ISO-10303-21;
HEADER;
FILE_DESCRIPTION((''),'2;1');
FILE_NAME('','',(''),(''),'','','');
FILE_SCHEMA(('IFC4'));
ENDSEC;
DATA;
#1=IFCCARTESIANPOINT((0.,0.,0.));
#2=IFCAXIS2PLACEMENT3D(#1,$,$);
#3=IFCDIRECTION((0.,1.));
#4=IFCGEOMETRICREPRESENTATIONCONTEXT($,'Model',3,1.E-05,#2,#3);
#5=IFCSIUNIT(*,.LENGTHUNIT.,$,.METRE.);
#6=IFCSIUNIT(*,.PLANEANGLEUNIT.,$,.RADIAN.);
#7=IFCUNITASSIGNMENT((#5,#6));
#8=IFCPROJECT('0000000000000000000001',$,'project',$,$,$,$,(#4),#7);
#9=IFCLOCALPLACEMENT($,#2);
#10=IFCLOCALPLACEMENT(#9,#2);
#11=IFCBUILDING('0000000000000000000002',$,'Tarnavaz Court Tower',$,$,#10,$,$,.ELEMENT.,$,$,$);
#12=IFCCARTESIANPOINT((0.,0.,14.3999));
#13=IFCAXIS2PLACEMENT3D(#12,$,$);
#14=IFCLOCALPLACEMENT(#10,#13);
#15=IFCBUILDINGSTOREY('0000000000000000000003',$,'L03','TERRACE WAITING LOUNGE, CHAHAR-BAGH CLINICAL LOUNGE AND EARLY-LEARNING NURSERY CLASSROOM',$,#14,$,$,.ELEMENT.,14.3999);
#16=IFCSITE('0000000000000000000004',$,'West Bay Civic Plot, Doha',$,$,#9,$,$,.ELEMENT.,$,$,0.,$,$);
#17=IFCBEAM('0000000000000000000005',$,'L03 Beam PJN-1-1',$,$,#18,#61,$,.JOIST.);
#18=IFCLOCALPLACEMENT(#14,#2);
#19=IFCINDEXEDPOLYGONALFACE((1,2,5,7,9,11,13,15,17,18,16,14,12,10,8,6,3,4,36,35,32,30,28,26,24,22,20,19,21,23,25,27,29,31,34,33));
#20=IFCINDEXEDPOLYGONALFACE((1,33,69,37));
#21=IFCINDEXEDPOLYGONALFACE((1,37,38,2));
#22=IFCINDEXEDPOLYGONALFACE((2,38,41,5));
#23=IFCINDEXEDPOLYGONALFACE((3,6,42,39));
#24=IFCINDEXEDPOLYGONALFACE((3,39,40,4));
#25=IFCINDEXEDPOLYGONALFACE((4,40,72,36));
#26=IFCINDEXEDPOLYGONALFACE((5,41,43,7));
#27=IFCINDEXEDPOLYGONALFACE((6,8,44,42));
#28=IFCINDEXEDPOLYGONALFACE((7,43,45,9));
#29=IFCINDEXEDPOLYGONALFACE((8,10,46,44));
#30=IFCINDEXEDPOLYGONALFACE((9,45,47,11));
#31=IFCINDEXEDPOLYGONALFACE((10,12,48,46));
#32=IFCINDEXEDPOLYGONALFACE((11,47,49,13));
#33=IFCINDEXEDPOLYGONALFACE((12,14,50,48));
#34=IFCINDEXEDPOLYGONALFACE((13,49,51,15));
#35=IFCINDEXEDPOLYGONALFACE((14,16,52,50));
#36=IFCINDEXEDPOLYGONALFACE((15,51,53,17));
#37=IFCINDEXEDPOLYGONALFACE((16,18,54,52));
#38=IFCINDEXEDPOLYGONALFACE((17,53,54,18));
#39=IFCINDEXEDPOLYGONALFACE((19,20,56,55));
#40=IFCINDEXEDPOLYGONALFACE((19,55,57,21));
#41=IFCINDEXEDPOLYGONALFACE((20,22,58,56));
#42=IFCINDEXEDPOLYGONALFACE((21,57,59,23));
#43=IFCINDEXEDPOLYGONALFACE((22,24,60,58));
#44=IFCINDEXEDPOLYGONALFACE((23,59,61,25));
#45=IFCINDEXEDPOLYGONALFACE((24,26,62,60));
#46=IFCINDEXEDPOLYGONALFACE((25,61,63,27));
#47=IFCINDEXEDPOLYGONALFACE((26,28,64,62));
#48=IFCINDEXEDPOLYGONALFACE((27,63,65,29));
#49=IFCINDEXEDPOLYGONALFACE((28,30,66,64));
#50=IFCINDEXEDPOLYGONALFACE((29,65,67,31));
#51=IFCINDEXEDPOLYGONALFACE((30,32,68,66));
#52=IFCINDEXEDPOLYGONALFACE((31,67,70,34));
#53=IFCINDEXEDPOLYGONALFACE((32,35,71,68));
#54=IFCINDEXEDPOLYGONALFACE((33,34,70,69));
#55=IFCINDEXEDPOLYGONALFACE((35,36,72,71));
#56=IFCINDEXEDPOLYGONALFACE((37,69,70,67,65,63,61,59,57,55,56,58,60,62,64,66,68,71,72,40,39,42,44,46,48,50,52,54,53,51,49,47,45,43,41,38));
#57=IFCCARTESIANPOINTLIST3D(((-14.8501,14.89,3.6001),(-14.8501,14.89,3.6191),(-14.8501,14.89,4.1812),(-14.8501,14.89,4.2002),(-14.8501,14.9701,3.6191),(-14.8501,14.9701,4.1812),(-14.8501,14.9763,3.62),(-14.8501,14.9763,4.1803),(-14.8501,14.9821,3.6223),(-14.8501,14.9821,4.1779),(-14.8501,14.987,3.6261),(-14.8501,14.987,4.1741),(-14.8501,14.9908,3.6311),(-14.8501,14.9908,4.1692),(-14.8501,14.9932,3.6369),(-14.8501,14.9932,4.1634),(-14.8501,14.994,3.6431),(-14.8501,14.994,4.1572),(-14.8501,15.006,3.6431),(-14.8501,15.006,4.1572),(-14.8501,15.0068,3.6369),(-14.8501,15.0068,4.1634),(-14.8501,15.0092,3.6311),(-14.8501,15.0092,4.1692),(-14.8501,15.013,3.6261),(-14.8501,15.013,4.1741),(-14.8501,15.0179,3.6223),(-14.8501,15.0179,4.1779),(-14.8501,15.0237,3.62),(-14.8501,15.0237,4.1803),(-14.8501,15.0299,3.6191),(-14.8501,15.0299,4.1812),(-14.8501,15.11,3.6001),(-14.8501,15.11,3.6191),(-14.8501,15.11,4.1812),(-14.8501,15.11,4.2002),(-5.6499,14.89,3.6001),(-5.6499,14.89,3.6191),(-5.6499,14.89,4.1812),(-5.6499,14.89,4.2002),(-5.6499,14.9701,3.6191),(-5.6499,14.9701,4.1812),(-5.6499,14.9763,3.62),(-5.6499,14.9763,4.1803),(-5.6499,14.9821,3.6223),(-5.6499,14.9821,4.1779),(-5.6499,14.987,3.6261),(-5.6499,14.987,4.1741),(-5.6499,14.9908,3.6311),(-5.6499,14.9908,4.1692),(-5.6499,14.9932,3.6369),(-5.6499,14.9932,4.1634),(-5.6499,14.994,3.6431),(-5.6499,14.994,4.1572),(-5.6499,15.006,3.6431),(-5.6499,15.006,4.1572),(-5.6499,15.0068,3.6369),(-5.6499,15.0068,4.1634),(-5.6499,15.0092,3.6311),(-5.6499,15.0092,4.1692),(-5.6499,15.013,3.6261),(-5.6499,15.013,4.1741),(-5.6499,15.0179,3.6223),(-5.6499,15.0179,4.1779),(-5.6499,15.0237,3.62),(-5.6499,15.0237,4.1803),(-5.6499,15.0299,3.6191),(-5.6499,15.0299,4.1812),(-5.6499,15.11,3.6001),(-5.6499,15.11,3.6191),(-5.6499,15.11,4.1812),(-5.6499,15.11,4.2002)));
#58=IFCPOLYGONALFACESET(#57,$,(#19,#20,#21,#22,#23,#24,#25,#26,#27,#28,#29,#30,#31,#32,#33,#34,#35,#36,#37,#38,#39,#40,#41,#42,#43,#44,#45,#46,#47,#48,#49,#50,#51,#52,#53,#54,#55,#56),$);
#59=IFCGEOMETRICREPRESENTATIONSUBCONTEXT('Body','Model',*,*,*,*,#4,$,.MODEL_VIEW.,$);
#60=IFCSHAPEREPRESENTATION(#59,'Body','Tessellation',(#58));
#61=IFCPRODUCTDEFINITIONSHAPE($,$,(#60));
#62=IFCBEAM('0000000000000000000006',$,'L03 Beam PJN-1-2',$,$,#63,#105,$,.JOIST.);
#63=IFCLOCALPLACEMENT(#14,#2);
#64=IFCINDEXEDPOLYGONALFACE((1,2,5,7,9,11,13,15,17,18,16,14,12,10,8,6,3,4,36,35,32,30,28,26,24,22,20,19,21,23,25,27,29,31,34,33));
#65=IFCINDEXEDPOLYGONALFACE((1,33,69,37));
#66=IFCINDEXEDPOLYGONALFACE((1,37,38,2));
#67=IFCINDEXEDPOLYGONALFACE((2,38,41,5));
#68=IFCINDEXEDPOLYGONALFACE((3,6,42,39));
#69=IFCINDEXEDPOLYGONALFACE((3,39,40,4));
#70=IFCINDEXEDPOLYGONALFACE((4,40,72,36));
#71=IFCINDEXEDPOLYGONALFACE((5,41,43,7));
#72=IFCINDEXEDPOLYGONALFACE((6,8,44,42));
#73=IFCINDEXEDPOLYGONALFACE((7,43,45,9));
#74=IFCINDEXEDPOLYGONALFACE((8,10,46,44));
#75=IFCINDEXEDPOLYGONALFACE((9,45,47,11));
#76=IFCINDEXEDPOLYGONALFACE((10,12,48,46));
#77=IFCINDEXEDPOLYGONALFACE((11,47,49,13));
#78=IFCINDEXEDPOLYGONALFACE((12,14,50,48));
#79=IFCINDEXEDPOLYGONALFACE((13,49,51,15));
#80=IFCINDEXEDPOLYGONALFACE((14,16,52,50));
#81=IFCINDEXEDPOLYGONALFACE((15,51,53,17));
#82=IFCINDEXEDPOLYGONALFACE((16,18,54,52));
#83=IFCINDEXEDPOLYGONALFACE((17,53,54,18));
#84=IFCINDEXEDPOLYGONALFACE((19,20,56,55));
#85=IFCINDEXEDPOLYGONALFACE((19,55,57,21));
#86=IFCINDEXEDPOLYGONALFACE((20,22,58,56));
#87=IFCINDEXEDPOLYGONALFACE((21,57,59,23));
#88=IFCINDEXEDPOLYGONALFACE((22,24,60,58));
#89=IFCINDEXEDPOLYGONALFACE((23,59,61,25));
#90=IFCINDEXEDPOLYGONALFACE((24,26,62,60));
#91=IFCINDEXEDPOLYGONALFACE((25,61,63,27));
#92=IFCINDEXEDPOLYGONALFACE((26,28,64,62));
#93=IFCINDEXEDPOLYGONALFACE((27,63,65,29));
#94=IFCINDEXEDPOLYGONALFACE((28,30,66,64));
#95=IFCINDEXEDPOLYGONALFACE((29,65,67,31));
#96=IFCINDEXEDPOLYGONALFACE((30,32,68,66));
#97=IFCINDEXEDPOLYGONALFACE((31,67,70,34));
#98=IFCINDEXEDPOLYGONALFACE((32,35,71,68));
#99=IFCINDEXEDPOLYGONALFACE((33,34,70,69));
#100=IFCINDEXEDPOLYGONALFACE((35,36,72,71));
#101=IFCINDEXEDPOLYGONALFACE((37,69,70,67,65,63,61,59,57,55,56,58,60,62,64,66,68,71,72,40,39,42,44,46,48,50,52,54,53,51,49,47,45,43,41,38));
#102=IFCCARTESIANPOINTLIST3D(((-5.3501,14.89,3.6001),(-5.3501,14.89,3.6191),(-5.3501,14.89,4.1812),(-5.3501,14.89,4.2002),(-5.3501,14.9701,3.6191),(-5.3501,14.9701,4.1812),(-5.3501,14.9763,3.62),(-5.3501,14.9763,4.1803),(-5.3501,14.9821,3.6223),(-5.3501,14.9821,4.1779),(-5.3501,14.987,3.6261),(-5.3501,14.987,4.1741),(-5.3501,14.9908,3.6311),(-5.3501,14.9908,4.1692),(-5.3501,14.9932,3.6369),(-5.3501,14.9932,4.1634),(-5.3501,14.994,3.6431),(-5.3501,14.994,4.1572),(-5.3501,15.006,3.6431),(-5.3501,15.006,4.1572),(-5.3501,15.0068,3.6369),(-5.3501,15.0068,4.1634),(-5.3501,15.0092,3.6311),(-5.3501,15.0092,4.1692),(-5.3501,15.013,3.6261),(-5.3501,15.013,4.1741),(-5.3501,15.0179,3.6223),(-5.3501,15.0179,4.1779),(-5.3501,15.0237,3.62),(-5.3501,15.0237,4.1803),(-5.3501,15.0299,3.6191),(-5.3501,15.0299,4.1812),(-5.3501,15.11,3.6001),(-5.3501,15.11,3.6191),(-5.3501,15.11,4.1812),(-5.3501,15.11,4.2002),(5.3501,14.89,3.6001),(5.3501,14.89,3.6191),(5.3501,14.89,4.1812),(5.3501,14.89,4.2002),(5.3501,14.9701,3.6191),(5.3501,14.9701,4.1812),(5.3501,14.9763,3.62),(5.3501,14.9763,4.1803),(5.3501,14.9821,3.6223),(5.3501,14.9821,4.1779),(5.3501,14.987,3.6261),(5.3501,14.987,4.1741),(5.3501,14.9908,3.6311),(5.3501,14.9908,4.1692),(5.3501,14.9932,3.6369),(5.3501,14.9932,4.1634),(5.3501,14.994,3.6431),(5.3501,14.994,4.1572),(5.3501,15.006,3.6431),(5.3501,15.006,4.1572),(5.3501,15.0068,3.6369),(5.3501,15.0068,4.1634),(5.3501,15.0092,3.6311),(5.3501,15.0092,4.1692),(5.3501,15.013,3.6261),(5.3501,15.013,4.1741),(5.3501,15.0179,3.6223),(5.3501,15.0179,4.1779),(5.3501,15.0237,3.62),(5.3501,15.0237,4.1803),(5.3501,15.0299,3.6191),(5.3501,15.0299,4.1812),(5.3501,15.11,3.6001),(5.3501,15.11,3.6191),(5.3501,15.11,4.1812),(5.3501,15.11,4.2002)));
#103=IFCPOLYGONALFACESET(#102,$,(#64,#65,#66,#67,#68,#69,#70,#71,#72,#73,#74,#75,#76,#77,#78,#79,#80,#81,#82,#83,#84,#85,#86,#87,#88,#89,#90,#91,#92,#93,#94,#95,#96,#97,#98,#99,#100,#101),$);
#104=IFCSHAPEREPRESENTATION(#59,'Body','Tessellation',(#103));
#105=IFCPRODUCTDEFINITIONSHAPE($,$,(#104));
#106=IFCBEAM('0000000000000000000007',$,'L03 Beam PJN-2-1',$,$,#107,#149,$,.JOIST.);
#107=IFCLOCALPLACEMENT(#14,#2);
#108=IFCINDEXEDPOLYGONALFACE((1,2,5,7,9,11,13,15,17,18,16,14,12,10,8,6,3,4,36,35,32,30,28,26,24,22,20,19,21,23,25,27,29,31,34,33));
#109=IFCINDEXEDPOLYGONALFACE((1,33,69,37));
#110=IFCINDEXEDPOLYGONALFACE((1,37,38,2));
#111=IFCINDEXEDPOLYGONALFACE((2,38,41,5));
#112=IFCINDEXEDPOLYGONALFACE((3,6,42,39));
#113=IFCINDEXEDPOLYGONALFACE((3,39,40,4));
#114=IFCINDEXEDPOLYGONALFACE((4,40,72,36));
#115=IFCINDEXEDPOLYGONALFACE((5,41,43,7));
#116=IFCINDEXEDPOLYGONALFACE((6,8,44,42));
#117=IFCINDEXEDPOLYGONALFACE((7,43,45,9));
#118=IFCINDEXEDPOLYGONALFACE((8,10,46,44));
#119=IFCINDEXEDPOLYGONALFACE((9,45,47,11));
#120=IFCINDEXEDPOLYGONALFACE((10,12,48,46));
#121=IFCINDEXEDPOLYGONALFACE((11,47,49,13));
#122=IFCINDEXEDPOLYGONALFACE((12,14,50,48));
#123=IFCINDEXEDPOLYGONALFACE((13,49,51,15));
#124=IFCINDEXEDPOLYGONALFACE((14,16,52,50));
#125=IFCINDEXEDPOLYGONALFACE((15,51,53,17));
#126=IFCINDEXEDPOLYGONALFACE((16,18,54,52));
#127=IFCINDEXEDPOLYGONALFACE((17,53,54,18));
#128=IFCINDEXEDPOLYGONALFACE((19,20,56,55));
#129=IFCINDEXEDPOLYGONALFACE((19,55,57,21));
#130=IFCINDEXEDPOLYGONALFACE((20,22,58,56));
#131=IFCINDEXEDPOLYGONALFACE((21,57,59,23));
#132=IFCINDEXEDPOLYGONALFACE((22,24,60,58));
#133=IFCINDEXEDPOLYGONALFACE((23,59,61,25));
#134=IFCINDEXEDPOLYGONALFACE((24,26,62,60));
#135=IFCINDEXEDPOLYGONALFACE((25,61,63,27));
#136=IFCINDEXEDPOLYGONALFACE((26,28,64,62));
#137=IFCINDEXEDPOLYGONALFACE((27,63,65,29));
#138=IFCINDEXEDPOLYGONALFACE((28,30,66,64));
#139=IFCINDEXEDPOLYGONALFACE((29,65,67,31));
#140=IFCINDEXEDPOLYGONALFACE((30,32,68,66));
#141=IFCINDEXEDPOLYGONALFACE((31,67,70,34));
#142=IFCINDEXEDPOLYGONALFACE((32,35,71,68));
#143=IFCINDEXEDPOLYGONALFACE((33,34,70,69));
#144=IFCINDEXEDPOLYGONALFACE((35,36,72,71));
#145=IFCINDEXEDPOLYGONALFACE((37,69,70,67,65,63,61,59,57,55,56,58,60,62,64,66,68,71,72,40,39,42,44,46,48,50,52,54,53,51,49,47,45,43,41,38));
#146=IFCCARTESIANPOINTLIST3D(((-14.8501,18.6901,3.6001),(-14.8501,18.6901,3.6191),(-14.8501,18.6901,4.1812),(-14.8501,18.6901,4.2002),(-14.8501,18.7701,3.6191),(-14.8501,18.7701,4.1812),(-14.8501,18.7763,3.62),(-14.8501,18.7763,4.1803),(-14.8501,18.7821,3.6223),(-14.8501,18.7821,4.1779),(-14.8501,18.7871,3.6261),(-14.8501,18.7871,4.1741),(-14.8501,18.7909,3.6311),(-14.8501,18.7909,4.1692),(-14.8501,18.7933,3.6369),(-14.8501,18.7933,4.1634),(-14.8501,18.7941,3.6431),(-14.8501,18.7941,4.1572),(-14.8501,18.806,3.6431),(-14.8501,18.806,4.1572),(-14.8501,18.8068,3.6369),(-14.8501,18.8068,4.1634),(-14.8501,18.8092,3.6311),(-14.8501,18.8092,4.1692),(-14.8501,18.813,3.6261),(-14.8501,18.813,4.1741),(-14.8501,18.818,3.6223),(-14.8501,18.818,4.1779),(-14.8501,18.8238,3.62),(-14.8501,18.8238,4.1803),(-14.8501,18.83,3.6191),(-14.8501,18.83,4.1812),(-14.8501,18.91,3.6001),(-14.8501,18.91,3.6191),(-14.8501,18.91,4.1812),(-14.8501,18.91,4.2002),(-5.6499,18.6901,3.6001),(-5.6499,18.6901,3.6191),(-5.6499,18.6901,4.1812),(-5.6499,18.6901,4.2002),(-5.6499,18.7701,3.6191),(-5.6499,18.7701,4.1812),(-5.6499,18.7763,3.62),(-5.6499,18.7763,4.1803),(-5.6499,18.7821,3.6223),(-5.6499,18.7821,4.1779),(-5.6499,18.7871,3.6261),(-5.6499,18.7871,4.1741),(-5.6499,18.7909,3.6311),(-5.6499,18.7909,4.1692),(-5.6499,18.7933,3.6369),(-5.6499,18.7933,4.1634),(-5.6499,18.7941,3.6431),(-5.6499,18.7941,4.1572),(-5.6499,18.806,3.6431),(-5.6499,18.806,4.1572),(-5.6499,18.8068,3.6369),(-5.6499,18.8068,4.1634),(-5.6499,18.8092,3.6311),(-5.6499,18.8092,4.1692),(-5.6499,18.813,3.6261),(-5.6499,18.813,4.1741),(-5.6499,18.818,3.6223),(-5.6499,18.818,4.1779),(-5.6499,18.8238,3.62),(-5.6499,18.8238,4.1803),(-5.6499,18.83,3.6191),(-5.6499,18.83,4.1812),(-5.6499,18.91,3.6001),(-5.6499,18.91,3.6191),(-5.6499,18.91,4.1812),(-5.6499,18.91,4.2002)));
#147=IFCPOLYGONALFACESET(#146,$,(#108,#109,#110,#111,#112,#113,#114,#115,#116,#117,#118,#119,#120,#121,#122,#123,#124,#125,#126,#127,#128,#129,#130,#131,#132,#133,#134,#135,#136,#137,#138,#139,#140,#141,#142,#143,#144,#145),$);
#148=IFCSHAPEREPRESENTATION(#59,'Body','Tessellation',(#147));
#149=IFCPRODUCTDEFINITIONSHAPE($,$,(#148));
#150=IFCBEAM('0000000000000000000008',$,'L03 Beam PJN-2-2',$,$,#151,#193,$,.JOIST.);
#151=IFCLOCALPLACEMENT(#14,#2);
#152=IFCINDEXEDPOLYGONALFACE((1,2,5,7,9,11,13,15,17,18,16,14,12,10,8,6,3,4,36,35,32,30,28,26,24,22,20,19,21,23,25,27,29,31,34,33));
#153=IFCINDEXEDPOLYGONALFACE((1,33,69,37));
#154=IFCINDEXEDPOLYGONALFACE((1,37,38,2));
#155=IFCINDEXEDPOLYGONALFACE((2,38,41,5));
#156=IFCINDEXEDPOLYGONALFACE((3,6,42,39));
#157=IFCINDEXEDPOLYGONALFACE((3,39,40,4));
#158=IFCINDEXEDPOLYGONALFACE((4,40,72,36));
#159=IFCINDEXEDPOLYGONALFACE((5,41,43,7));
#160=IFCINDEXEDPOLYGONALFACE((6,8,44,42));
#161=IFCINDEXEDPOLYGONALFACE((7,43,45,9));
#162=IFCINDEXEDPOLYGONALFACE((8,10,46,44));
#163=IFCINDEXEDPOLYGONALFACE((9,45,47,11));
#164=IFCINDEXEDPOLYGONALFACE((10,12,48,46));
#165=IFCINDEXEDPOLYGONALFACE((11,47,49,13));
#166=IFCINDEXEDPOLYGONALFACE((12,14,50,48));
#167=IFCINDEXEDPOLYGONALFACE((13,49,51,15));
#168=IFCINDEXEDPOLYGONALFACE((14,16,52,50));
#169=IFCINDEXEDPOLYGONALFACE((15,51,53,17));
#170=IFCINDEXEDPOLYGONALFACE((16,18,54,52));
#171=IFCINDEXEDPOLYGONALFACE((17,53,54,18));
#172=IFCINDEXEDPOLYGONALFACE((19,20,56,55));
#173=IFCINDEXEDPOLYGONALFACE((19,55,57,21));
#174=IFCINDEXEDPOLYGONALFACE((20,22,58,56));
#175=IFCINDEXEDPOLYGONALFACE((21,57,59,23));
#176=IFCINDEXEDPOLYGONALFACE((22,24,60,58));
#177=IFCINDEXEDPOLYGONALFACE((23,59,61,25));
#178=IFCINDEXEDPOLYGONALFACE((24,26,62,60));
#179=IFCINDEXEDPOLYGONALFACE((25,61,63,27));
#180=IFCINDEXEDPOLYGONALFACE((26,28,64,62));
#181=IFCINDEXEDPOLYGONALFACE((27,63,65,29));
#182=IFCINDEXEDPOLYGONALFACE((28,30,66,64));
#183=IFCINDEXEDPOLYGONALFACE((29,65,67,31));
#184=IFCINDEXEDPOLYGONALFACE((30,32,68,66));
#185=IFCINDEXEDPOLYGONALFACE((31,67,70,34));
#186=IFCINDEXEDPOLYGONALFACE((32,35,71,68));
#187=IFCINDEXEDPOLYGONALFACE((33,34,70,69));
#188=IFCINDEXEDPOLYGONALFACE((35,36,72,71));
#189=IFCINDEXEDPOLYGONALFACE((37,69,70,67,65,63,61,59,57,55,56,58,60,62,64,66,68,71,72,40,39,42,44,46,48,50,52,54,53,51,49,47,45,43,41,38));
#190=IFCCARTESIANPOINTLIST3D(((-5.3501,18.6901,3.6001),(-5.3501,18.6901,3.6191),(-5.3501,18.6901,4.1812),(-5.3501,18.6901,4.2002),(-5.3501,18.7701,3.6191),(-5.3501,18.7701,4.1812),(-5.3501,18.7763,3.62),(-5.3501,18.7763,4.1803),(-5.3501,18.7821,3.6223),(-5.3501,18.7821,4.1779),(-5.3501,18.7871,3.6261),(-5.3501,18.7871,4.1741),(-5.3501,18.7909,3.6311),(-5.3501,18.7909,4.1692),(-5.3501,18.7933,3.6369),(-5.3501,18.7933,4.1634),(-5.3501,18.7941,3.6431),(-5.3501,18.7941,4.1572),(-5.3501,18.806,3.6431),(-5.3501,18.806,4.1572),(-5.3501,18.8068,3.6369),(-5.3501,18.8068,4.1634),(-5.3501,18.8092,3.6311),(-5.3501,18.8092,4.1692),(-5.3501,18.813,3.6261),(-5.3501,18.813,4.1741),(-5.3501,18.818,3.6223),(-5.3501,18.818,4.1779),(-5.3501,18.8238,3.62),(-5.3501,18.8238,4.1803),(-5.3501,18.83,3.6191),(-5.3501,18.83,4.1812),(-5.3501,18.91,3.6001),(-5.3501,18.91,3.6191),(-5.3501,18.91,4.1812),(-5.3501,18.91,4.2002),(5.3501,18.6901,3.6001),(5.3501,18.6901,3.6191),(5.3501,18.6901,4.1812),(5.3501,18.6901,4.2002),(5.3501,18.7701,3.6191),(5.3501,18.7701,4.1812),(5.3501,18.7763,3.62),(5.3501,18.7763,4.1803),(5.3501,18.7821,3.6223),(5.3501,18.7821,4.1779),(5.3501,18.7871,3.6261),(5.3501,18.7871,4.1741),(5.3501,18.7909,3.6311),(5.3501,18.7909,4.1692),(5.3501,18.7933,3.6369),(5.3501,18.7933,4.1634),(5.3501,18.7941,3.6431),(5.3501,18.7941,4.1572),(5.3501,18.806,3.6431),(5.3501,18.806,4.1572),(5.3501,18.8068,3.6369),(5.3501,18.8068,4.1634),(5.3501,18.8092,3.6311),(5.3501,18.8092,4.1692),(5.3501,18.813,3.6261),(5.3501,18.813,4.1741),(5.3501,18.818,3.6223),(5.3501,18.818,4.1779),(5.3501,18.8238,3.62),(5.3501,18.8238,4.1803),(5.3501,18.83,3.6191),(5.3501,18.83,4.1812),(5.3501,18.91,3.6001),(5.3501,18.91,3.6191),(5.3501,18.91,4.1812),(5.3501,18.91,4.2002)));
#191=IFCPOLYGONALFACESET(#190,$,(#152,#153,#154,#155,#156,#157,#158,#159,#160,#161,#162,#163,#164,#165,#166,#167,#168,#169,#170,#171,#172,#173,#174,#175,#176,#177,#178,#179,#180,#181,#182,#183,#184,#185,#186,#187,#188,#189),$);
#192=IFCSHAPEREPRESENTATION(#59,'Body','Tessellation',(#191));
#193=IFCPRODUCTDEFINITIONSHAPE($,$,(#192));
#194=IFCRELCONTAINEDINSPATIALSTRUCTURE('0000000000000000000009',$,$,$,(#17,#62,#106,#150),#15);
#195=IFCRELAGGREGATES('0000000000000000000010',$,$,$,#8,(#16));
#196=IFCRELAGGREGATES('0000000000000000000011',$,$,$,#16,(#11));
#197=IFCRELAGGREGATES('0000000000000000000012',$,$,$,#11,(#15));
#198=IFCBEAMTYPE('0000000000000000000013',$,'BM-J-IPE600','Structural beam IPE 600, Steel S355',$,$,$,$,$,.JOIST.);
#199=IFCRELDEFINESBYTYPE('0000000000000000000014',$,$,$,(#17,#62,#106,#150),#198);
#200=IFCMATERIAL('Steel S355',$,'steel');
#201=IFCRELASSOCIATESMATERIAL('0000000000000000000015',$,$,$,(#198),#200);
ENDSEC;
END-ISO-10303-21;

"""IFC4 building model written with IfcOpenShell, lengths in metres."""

from ifc_helpers import new_model, si_unit, direction, frame, origin, origin_2d, place, context, subcontext, project, spatial, i_section, extrude, material, material_profile, profile_set, type_object, element, save


model = new_model("IFC4")

# Units and contexts
model_context = context("Model", 3, precision=1e-05, world=origin(), true_north=direction((0.0, 1.0)))
body_context = subcontext(model_context, "Body", "Model", "MODEL_VIEW")
ifc_project = project(units=[si_unit("LENGTHUNIT", "METRE"), si_unit("PLANEANGLEUNIT", "RADIAN")], contexts=[model_context])

# Site, building, storey
site_placement = place(None, origin())
site = spatial("IfcSite", under=ifc_project, at=site_placement, Name="West Bay Civic Plot, Doha", CompositionType="ELEMENT", RefElevation=0.0)
building_placement = place(site_placement, origin())
building = spatial("IfcBuilding", under=site, at=building_placement, Name="Tarnavaz Court Tower", CompositionType="ELEMENT")
storey_placement = place(building_placement, frame((0.0, 0.0, 14.3999)))
storey = spatial("IfcBuildingStorey", under=building, at=storey_placement, Name="L03", Description="TERRACE WAITING LOUNGE, CHAHAR-BAGH CLINICAL LOUNGE AND EARLY-LEARNING NURSERY CLASSROOM", CompositionType="ELEMENT", Elevation=14.3999)

# Beams
ifc_material_1 = material(Name="Steel S355", Category="steel")
ifc_material_profile_1 = material_profile(ifc_material_1, i_section(OverallWidth=0.22, OverallDepth=0.6001, WebThickness=0.012, FlangeThickness=0.019, FilletRadius=0.0239, at=origin_2d()), Name="IPE 600")
ifc_profile_set_1 = profile_set([ifc_material_profile_1], Name="Steel S355")
beam_type_1 = type_object("IfcBeamType", Name="BM-J-IPE600", Description="Structural beam IPE 600, Steel S355", PredefinedType="JOIST", material=ifc_profile_set_1)
beam_1_placement = place(storey_placement, frame((-14.8501, 15.0, 3.9001), z_axis=(1.0, 0.0, 0.0), x_axis=(0.0, 1.0, 0.0)))
element("IfcBeam", 1, at=beam_1_placement, inside=storey, type_object=beam_type_1, Name="L03 Beam PJN-1-1", PredefinedType="JOIST", context=body_context, shape_type="SweptSolid", body=[
    extrude(i_section(OverallWidth=0.22, OverallDepth=0.6001, WebThickness=0.012, FlangeThickness=0.019, FilletRadius=0.0239, at=origin_2d()), origin(), (0.0, 0.0, 1.0), 9.2002),
])
beam_2_placement = place(storey_placement, frame((-5.3501, 15.0, 3.9001), z_axis=(1.0, 0.0, 0.0), x_axis=(0.0, 1.0, 0.0)))
element("IfcBeam", 2, at=beam_2_placement, inside=storey, type_object=beam_type_1, Name="L03 Beam PJN-1-2", PredefinedType="JOIST", context=body_context, shape_type="SweptSolid", body=[
    extrude(i_section(OverallWidth=0.22, OverallDepth=0.6001, WebThickness=0.012, FlangeThickness=0.019, FilletRadius=0.0239, at=origin_2d()), origin(), (0.0, 0.0, 1.0), 10.7002),
])
beam_3_placement = place(storey_placement, frame((-14.8501, 18.8, 3.9001), z_axis=(1.0, 0.0, 0.0), x_axis=(0.0, 1.0, 0.0)))
element("IfcBeam", 3, at=beam_3_placement, inside=storey, type_object=beam_type_1, Name="L03 Beam PJN-2-1", PredefinedType="JOIST", context=body_context, shape_type="SweptSolid", body=[
    extrude(i_section(OverallWidth=0.22, OverallDepth=0.6001, WebThickness=0.012, FlangeThickness=0.019, FilletRadius=0.0239, at=origin_2d()), origin(), (0.0, 0.0, 1.0), 9.2002),
])
beam_4_placement = place(storey_placement, frame((-5.3501, 18.8, 3.9001), z_axis=(1.0, 0.0, 0.0), x_axis=(0.0, 1.0, 0.0)))
element("IfcBeam", 4, at=beam_4_placement, inside=storey, type_object=beam_type_1, Name="L03 Beam PJN-2-2", PredefinedType="JOIST", context=body_context, shape_type="SweptSolid", body=[
    extrude(i_section(OverallWidth=0.22, OverallDepth=0.6001, WebThickness=0.012, FlangeThickness=0.019, FilletRadius=0.0239, at=origin_2d()), origin(), (0.0, 0.0, 1.0), 10.7002),
])

save(model, "model.ifc")
